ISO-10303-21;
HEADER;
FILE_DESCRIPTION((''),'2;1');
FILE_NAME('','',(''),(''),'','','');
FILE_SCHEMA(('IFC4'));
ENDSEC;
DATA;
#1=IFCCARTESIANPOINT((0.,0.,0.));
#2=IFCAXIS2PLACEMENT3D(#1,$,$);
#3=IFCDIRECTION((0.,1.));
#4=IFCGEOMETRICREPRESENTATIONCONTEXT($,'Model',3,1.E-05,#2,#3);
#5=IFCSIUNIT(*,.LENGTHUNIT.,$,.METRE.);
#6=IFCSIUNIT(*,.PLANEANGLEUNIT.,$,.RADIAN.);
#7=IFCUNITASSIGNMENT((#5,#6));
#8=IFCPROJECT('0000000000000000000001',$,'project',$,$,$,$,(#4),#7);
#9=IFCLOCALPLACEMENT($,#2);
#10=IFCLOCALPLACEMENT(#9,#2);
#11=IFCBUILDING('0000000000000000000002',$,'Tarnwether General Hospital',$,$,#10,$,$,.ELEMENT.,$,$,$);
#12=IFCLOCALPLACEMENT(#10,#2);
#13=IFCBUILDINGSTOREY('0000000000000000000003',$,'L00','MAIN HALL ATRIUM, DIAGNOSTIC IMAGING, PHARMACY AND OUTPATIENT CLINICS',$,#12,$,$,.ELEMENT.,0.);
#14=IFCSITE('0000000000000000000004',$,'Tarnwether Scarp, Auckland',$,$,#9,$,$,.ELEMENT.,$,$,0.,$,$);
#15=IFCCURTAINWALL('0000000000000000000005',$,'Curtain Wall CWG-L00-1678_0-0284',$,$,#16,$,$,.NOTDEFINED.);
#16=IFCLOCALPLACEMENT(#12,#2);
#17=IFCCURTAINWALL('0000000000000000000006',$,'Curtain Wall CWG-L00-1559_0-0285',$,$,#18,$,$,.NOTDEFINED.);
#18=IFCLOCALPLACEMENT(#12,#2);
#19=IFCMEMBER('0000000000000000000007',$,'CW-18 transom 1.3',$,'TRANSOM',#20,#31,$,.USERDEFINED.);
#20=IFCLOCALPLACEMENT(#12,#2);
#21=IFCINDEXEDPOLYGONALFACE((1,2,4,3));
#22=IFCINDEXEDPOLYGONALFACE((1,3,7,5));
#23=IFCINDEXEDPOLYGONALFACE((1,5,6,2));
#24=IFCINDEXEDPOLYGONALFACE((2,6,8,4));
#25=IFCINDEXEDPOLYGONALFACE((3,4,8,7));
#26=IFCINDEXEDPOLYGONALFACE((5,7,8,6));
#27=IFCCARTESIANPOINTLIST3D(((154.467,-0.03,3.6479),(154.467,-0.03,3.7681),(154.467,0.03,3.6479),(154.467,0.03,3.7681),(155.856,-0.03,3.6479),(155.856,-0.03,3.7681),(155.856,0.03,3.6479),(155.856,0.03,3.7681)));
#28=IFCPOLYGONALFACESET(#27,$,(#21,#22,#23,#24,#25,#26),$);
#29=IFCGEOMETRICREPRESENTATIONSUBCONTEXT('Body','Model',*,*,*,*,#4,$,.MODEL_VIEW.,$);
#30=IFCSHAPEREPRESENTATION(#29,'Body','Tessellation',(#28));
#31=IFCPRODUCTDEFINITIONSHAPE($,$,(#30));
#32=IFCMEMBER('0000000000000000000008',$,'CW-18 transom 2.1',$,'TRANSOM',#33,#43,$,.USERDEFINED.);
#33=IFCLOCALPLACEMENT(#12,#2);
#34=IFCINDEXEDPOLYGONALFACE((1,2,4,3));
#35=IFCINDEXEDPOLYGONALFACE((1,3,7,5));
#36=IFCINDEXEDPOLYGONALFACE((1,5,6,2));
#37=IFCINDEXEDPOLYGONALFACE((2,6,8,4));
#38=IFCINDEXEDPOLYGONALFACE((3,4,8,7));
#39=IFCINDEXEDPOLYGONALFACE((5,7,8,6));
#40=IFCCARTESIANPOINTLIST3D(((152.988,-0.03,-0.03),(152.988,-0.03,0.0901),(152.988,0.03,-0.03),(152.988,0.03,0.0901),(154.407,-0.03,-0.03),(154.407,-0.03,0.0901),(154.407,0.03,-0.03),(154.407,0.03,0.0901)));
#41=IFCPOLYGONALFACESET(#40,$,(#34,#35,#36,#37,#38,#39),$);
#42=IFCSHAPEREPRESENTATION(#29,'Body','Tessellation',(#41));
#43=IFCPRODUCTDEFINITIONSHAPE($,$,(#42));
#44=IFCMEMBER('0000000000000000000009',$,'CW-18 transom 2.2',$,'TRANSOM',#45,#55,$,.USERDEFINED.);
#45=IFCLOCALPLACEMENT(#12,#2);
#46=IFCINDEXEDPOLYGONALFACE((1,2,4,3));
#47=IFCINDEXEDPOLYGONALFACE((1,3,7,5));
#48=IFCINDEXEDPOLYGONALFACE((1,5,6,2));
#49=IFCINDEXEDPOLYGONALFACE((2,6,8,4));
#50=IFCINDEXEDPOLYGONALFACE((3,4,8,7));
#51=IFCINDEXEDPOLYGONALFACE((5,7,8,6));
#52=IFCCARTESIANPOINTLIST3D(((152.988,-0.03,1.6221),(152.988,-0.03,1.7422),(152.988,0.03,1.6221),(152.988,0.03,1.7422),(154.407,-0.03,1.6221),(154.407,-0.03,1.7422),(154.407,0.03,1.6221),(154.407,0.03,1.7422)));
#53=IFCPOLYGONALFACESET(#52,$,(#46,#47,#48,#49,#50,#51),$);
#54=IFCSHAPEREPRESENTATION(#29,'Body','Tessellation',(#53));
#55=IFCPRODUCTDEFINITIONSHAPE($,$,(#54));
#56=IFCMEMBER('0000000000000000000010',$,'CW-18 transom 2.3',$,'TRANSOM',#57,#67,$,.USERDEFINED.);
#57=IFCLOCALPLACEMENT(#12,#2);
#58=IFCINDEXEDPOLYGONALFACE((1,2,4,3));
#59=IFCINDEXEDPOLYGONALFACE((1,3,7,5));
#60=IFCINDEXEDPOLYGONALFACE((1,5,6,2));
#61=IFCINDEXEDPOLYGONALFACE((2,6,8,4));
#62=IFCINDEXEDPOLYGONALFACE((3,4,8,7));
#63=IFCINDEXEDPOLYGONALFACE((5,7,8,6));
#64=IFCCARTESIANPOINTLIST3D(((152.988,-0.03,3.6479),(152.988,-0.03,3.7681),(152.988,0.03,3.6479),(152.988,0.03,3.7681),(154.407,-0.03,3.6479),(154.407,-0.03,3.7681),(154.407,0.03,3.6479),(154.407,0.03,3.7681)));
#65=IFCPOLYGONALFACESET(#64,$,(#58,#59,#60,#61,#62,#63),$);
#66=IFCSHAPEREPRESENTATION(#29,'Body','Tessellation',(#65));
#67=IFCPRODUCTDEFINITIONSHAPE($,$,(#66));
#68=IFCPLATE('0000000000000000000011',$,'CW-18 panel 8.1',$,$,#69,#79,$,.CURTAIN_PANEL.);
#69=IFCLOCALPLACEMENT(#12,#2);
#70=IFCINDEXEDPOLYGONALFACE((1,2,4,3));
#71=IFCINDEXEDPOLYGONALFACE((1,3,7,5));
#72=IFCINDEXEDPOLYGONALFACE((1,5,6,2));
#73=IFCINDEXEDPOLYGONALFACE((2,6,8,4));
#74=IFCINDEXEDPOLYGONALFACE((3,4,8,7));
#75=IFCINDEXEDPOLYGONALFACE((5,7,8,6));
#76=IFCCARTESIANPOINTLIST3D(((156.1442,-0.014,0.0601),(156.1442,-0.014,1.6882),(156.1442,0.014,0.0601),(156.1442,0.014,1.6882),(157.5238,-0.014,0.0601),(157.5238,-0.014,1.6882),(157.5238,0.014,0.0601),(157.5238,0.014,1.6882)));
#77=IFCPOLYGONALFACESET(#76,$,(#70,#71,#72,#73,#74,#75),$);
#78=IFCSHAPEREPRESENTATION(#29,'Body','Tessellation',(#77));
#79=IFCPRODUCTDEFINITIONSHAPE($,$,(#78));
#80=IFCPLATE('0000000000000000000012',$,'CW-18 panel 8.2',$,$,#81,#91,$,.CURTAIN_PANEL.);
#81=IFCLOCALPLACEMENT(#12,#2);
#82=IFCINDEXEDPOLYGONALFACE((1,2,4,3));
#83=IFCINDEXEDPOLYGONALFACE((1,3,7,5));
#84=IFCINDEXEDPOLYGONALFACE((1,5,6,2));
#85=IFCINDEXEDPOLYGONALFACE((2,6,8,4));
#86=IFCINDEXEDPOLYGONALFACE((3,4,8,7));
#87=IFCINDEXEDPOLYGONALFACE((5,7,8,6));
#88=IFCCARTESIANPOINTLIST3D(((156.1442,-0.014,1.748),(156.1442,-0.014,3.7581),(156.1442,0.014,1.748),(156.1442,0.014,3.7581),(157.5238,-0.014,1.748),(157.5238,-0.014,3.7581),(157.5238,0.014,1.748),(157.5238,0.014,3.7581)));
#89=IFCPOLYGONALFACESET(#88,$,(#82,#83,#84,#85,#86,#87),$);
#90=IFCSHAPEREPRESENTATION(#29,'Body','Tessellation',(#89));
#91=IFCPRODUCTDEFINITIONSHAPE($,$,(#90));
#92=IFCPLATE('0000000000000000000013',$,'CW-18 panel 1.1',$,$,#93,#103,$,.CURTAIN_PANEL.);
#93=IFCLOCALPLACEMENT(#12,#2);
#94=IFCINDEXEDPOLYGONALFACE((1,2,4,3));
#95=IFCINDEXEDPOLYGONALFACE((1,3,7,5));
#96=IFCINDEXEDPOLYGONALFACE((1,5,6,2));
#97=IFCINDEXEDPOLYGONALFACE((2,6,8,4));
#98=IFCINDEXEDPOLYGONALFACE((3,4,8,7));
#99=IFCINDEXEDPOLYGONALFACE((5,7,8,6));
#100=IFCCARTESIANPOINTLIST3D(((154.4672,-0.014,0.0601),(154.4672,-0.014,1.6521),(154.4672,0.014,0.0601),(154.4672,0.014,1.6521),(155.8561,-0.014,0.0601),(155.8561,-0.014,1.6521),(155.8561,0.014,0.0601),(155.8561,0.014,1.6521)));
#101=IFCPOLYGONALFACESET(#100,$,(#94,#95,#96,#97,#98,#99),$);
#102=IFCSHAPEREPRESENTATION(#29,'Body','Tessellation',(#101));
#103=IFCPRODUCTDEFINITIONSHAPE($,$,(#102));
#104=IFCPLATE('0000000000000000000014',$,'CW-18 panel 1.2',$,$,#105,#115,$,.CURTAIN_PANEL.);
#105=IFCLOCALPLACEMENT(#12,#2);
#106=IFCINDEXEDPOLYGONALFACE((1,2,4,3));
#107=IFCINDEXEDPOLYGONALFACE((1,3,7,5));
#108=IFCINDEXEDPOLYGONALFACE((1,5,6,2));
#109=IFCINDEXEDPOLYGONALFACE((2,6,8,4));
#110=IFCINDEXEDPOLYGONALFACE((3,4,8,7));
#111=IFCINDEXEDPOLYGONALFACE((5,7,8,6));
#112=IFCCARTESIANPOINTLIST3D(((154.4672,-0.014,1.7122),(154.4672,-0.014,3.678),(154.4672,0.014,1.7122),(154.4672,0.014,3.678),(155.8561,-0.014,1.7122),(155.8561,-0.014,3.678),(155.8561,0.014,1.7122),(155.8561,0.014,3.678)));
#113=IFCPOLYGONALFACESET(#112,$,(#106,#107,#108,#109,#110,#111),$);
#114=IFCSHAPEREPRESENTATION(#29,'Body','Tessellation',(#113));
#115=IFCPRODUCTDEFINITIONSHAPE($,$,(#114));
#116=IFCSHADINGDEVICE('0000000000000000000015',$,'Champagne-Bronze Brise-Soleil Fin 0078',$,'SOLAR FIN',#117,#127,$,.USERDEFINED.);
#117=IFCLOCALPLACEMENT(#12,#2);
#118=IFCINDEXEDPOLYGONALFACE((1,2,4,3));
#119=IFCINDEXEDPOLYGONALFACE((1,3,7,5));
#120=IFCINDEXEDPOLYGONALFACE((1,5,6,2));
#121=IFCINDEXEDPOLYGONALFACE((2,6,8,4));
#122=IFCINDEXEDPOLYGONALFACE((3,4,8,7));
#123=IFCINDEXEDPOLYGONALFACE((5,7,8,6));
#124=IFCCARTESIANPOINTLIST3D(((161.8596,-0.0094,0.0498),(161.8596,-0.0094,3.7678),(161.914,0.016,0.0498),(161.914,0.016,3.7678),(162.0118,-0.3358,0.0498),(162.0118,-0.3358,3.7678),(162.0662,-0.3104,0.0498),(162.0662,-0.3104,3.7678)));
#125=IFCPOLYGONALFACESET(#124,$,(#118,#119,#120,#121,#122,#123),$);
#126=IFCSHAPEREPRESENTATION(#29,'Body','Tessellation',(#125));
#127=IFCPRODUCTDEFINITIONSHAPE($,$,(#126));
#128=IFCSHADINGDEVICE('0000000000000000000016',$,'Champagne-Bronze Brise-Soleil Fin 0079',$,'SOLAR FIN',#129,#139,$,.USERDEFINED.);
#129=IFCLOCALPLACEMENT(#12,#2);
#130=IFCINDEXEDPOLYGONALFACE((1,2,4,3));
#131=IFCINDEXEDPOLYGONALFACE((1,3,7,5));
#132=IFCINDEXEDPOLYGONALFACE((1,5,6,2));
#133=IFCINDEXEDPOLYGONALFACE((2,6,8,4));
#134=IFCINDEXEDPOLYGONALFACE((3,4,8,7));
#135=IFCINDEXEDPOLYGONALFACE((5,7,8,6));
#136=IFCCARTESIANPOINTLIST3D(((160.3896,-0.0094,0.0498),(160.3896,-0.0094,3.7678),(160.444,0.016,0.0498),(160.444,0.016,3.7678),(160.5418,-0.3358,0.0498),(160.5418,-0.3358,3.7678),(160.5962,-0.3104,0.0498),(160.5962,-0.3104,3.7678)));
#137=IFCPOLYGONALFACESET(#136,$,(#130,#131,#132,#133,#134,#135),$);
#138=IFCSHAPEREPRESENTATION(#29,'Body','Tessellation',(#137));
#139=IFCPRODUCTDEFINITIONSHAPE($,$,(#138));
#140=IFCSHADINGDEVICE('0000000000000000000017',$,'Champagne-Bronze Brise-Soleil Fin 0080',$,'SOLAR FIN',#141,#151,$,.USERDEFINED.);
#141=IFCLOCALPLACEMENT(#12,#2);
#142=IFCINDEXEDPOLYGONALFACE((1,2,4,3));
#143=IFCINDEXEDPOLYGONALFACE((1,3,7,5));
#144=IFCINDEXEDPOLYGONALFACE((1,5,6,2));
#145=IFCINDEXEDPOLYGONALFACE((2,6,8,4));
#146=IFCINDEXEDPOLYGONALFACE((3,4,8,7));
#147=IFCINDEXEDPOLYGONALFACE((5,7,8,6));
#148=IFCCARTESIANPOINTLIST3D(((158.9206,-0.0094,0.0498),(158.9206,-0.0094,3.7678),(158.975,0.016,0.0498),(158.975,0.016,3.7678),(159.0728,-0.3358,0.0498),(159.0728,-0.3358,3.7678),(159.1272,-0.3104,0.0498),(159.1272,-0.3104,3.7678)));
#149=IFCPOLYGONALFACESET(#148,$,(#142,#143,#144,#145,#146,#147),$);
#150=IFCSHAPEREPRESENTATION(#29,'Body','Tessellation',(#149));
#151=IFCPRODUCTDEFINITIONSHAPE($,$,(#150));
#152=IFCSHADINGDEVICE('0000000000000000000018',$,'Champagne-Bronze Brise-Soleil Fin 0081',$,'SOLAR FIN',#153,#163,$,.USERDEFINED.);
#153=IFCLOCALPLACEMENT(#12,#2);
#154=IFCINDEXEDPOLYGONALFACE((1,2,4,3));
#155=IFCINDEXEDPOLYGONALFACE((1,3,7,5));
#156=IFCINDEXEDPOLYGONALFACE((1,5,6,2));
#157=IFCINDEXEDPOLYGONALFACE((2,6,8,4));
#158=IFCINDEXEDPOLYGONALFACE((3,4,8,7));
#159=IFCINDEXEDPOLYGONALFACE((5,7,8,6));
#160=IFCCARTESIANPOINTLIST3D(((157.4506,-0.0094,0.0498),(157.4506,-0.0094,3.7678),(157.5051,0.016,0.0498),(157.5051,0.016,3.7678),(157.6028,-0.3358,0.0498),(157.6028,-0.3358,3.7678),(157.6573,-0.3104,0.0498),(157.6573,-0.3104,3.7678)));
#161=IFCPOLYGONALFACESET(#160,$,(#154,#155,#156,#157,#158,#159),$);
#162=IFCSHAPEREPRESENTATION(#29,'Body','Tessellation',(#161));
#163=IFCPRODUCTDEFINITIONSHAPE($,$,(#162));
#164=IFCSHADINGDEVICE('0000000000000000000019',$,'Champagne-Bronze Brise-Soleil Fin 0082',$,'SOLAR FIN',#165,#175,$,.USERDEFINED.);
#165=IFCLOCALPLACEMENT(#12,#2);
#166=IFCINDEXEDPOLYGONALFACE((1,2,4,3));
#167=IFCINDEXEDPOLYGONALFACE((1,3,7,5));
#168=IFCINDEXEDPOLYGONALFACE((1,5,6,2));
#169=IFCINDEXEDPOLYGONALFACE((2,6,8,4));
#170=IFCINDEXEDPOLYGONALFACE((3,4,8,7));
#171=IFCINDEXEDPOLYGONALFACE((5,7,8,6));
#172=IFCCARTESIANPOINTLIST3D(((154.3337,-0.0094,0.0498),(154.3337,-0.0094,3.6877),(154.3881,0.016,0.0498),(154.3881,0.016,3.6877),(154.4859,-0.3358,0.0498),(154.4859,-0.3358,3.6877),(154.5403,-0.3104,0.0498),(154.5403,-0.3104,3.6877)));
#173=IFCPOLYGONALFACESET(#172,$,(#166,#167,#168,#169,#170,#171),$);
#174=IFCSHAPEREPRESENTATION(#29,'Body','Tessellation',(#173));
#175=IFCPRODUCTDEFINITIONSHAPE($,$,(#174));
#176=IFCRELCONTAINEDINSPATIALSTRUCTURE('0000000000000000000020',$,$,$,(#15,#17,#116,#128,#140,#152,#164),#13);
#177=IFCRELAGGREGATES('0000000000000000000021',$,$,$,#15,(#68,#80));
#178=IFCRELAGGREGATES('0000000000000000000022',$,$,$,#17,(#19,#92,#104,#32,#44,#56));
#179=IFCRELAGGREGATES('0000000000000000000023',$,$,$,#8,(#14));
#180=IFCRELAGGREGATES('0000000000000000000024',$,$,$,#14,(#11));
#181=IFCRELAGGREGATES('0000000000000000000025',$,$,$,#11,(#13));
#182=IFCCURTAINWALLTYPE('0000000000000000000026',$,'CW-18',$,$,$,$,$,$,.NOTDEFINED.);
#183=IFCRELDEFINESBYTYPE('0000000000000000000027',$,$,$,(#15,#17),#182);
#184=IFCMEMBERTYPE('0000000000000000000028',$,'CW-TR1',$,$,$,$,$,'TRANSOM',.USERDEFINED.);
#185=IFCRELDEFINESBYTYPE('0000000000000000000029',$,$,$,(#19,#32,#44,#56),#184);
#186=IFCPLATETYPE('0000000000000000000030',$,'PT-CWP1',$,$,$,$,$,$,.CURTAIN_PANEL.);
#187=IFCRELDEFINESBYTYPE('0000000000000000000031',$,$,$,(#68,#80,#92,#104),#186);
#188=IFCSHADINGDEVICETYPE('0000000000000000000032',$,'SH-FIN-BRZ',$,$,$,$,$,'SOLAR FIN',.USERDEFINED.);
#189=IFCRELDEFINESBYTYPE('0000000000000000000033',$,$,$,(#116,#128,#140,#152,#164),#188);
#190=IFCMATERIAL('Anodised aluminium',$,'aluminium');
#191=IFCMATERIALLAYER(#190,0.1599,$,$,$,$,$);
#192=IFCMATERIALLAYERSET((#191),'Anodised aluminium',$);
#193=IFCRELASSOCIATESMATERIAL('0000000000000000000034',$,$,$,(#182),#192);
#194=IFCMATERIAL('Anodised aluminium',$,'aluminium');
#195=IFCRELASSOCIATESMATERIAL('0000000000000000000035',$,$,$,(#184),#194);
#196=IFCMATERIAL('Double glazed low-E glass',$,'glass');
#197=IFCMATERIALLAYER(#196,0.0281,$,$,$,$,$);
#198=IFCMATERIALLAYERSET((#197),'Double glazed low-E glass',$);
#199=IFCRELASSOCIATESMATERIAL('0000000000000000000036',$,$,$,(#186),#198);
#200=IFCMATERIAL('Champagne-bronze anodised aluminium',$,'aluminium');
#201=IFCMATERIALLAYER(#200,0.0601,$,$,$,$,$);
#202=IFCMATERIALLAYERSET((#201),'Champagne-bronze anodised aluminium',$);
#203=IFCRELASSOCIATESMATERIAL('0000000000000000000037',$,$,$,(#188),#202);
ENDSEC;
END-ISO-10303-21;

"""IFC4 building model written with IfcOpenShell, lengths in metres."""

from ifc_helpers import new_model, si_unit, direction, frame, origin, origin_2d, place, context, subcontext, project, spatial, rectangle, extrude, material, layer, layer_set, material_profile, profile_set, type_object, element, aggregate, save


model = new_model("IFC4")

# Units and contexts
model_context = context("Model", 3, precision=1e-05, world=origin(), true_north=direction((0.0, 1.0)))
body_context = subcontext(model_context, "Body", "Model", "MODEL_VIEW")
ifc_project = project(units=[si_unit("LENGTHUNIT", "METRE"), si_unit("PLANEANGLEUNIT", "RADIAN")], contexts=[model_context])

# Site, building, storey
site_placement = place(None, origin())
site = spatial("IfcSite", under=ifc_project, at=site_placement, Name="Tarnwether Scarp, Auckland", CompositionType="ELEMENT", RefElevation=0.0)
building_placement = place(site_placement, origin())
building = spatial("IfcBuilding", under=site, at=building_placement, Name="Tarnwether General Hospital", CompositionType="ELEMENT")
storey_placement = place(building_placement, origin())
storey = spatial("IfcBuildingStorey", under=building, at=storey_placement, Name="L00", Description="MAIN HALL ATRIUM, DIAGNOSTIC IMAGING, PHARMACY AND OUTPATIENT CLINICS", CompositionType="ELEMENT", Elevation=0.0)

# Curtain walls
ifc_material_1 = material(Name="Anodised aluminium", Category="aluminium")
ifc_layer_1 = layer(ifc_material_1, 0.1599)
ifc_layer_set_1 = layer_set([ifc_layer_1], Name="Anodised aluminium")
curtain_wall_type = type_object("IfcCurtainWallType", Name="CW-18", PredefinedType="NOTDEFINED", material=ifc_layer_set_1)
curtain_wall_1_placement = place(storey_placement, origin())
curtain_wall_1 = element("IfcCurtainWall", 1, at=curtain_wall_1_placement, inside=storey, type_object=curtain_wall_type, Name="Curtain Wall CWG-L00-1678_0-0284", PredefinedType="NOTDEFINED")
curtain_wall_2_placement = place(storey_placement, origin())
curtain_wall_2 = element("IfcCurtainWall", 2, at=curtain_wall_2_placement, inside=storey, type_object=curtain_wall_type, Name="Curtain Wall CWG-L00-1559_0-0285", PredefinedType="NOTDEFINED")

# Members
ifc_material_2 = material(Name="Anodised aluminium", Category="aluminium")
ifc_material_profile_1 = material_profile(ifc_material_2, rectangle(XDim=0.0601, YDim=0.1201, at=origin_2d()), Name="ALU-TRN-60x120")
ifc_profile_set_1 = profile_set([ifc_material_profile_1], Name="Anodised aluminium")
member_type_1 = type_object("IfcMemberType", Name="CW-TR1", ElementType="TRANSOM", PredefinedType="USERDEFINED", material=ifc_profile_set_1)
member_1_placement = place(storey_placement, frame((155.856, 0.0, 3.708), z_axis=(-1.0, 0.0, 0.0), x_axis=(0.0, -1.0, 0.0)))
member_1 = element("IfcMember", 3, at=member_1_placement, type_object=member_type_1, Name="CW-18 transom 1.3", ObjectType="TRANSOM", PredefinedType="USERDEFINED", context=body_context, shape_type="SweptSolid", body=[
    extrude(rectangle(XDim=0.0601, YDim=0.1201, at=origin_2d()), origin(), (0.0, 0.0, 1.0), 1.3889),
])
member_2_placement = place(storey_placement, frame((154.407, 0.0, 0.03), z_axis=(-1.0, 0.0, 0.0), x_axis=(0.0, -1.0, 0.0)))
member_2 = element("IfcMember", 4, at=member_2_placement, type_object=member_type_1, Name="CW-18 transom 2.1", ObjectType="TRANSOM", PredefinedType="USERDEFINED", context=body_context, shape_type="SweptSolid", body=[
    extrude(rectangle(XDim=0.0601, YDim=0.1201, at=origin_2d()), origin(), (0.0, 0.0, 1.0), 1.4189),
])
member_3_placement = place(storey_placement, frame((154.407, 0.0, 1.6821), z_axis=(-1.0, 0.0, 0.0), x_axis=(0.0, -1.0, 0.0)))
member_3 = element("IfcMember", 5, at=member_3_placement, type_object=member_type_1, Name="CW-18 transom 2.2", ObjectType="TRANSOM", PredefinedType="USERDEFINED", context=body_context, shape_type="SweptSolid", body=[
    extrude(rectangle(XDim=0.0601, YDim=0.1201, at=origin_2d()), origin(), (0.0, 0.0, 1.0), 1.4189),
])
member_4_placement = place(storey_placement, frame((154.407, 0.0, 3.708), z_axis=(-1.0, 0.0, 0.0), x_axis=(0.0, -1.0, 0.0)))
member_4 = element("IfcMember", 6, at=member_4_placement, type_object=member_type_1, Name="CW-18 transom 2.3", ObjectType="TRANSOM", PredefinedType="USERDEFINED", context=body_context, shape_type="SweptSolid", body=[
    extrude(rectangle(XDim=0.0601, YDim=0.1201, at=origin_2d()), origin(), (0.0, 0.0, 1.0), 1.4189),
])

# Plates
ifc_material_3 = material(Name="Double glazed low-E glass", Category="glass")
ifc_layer_2 = layer(ifc_material_3, 0.0281)
ifc_layer_set_2 = layer_set([ifc_layer_2], Name="Double glazed low-E glass")
plate_type = type_object("IfcPlateType", Name="PT-CWP1", PredefinedType="CURTAIN_PANEL", material=ifc_layer_set_2)
plate_1_placement = place(storey_placement, frame((156.834, 0.0, 0.0601), z_axis=(0.0, 0.0, 1.0), x_axis=(-1.0, 0.0, 0.0)))
plate_1 = element("IfcPlate", 7, at=plate_1_placement, type_object=plate_type, Name="CW-18 panel 8.1", PredefinedType="CURTAIN_PANEL", context=body_context, shape_type="SweptSolid", body=[
    extrude(rectangle(XDim=1.3796, YDim=0.0281, at=origin_2d()), origin(), (0.0, 0.0, 1.0), 1.6282),
])
plate_2_placement = place(storey_placement, frame((156.834, 0.0, 1.748), z_axis=(0.0, 0.0, 1.0), x_axis=(-1.0, 0.0, 0.0)))
plate_2 = element("IfcPlate", 8, at=plate_2_placement, type_object=plate_type, Name="CW-18 panel 8.2", PredefinedType="CURTAIN_PANEL", context=body_context, shape_type="SweptSolid", body=[
    extrude(rectangle(XDim=1.3796, YDim=0.0281, at=origin_2d()), origin(), (0.0, 0.0, 1.0), 2.01),
])
aggregate(curtain_wall_1, [plate_1, plate_2])
plate_3_placement = place(storey_placement, frame((155.1616, 0.0, 0.0601), z_axis=(0.0, 0.0, 1.0), x_axis=(-1.0, 0.0, 0.0)))
plate_3 = element("IfcPlate", 9, at=plate_3_placement, type_object=plate_type, Name="CW-18 panel 1.1", PredefinedType="CURTAIN_PANEL", context=body_context, shape_type="SweptSolid", body=[
    extrude(rectangle(XDim=1.3889, YDim=0.0281, at=origin_2d()), origin(), (0.0, 0.0, 1.0), 1.592),
])
plate_4_placement = place(storey_placement, frame((155.1616, 0.0, 1.7122), z_axis=(0.0, 0.0, 1.0), x_axis=(-1.0, 0.0, 0.0)))
plate_4 = element("IfcPlate", 10, at=plate_4_placement, type_object=plate_type, Name="CW-18 panel 1.2", PredefinedType="CURTAIN_PANEL", context=body_context, shape_type="SweptSolid", body=[
    extrude(rectangle(XDim=1.3889, YDim=0.0281, at=origin_2d()), origin(), (0.0, 0.0, 1.0), 1.9658),
])
aggregate(curtain_wall_2, [member_1, plate_3, plate_4, member_2, member_3, member_4])

# Shading devices
ifc_material_4 = material(Name="Champagne-bronze anodised aluminium", Category="aluminium")
ifc_layer_3 = layer(ifc_material_4, 0.0601)
ifc_layer_set_3 = layer_set([ifc_layer_3], Name="Champagne-bronze anodised aluminium")
shading_device_type = type_object("IfcShadingDeviceType", Name="SH-FIN-BRZ", ElementType="SOLAR FIN", PredefinedType="USERDEFINED", material=ifc_layer_set_3)
for number, where, z_axis, x_axis, name in (
    (11, (161.9629, -0.1599, 0.0498), (0.0, 0.0, 1.0), (-0.906308, -0.422618, 0.0), "Champagne-Bronze Brise-Soleil Fin 0078"),
    (12, (160.4929, -0.1599, 0.0498), (0.0, 0.0, 1.0), (-0.906308, -0.422618, 0.0), "Champagne-Bronze Brise-Soleil Fin 0079"),
    (13, (159.0239, -0.1599, 0.0498), (0.0, 0.0, 1.0), (-0.906308, -0.422618, 0.0), "Champagne-Bronze Brise-Soleil Fin 0080"),
    (14, (157.554, -0.1599, 0.0498), (0.0, 0.0, 1.0), (-0.906308, -0.422618, 0.0), "Champagne-Bronze Brise-Soleil Fin 0081"),
):
    element("IfcShadingDevice", number, at=place(storey_placement, frame(where, z_axis=z_axis, x_axis=x_axis)), inside=storey, type_object=shading_device_type, Name=name, ObjectType="SOLAR FIN", PredefinedType="USERDEFINED", context=body_context, shape_type="SweptSolid", body=[
        extrude(rectangle(XDim=0.0601, YDim=0.3601, at=origin_2d()), origin(), (0.0, 0.0, 1.0), 3.718),
    ])
shading_device_placement = place(storey_placement, frame((154.437, -0.1599, 0.0498), z_axis=(0.0, 0.0, 1.0), x_axis=(-0.906308, -0.422618, 0.0)))
element("IfcShadingDevice", 15, at=shading_device_placement, inside=storey, type_object=shading_device_type, Name="Champagne-Bronze Brise-Soleil Fin 0082", ObjectType="SOLAR FIN", PredefinedType="USERDEFINED", context=body_context, shape_type="SweptSolid", body=[
    extrude(rectangle(XDim=0.0601, YDim=0.3601, at=origin_2d()), origin(), (0.0, 0.0, 1.0), 3.6379),
])

save(model, "model.ifc")
